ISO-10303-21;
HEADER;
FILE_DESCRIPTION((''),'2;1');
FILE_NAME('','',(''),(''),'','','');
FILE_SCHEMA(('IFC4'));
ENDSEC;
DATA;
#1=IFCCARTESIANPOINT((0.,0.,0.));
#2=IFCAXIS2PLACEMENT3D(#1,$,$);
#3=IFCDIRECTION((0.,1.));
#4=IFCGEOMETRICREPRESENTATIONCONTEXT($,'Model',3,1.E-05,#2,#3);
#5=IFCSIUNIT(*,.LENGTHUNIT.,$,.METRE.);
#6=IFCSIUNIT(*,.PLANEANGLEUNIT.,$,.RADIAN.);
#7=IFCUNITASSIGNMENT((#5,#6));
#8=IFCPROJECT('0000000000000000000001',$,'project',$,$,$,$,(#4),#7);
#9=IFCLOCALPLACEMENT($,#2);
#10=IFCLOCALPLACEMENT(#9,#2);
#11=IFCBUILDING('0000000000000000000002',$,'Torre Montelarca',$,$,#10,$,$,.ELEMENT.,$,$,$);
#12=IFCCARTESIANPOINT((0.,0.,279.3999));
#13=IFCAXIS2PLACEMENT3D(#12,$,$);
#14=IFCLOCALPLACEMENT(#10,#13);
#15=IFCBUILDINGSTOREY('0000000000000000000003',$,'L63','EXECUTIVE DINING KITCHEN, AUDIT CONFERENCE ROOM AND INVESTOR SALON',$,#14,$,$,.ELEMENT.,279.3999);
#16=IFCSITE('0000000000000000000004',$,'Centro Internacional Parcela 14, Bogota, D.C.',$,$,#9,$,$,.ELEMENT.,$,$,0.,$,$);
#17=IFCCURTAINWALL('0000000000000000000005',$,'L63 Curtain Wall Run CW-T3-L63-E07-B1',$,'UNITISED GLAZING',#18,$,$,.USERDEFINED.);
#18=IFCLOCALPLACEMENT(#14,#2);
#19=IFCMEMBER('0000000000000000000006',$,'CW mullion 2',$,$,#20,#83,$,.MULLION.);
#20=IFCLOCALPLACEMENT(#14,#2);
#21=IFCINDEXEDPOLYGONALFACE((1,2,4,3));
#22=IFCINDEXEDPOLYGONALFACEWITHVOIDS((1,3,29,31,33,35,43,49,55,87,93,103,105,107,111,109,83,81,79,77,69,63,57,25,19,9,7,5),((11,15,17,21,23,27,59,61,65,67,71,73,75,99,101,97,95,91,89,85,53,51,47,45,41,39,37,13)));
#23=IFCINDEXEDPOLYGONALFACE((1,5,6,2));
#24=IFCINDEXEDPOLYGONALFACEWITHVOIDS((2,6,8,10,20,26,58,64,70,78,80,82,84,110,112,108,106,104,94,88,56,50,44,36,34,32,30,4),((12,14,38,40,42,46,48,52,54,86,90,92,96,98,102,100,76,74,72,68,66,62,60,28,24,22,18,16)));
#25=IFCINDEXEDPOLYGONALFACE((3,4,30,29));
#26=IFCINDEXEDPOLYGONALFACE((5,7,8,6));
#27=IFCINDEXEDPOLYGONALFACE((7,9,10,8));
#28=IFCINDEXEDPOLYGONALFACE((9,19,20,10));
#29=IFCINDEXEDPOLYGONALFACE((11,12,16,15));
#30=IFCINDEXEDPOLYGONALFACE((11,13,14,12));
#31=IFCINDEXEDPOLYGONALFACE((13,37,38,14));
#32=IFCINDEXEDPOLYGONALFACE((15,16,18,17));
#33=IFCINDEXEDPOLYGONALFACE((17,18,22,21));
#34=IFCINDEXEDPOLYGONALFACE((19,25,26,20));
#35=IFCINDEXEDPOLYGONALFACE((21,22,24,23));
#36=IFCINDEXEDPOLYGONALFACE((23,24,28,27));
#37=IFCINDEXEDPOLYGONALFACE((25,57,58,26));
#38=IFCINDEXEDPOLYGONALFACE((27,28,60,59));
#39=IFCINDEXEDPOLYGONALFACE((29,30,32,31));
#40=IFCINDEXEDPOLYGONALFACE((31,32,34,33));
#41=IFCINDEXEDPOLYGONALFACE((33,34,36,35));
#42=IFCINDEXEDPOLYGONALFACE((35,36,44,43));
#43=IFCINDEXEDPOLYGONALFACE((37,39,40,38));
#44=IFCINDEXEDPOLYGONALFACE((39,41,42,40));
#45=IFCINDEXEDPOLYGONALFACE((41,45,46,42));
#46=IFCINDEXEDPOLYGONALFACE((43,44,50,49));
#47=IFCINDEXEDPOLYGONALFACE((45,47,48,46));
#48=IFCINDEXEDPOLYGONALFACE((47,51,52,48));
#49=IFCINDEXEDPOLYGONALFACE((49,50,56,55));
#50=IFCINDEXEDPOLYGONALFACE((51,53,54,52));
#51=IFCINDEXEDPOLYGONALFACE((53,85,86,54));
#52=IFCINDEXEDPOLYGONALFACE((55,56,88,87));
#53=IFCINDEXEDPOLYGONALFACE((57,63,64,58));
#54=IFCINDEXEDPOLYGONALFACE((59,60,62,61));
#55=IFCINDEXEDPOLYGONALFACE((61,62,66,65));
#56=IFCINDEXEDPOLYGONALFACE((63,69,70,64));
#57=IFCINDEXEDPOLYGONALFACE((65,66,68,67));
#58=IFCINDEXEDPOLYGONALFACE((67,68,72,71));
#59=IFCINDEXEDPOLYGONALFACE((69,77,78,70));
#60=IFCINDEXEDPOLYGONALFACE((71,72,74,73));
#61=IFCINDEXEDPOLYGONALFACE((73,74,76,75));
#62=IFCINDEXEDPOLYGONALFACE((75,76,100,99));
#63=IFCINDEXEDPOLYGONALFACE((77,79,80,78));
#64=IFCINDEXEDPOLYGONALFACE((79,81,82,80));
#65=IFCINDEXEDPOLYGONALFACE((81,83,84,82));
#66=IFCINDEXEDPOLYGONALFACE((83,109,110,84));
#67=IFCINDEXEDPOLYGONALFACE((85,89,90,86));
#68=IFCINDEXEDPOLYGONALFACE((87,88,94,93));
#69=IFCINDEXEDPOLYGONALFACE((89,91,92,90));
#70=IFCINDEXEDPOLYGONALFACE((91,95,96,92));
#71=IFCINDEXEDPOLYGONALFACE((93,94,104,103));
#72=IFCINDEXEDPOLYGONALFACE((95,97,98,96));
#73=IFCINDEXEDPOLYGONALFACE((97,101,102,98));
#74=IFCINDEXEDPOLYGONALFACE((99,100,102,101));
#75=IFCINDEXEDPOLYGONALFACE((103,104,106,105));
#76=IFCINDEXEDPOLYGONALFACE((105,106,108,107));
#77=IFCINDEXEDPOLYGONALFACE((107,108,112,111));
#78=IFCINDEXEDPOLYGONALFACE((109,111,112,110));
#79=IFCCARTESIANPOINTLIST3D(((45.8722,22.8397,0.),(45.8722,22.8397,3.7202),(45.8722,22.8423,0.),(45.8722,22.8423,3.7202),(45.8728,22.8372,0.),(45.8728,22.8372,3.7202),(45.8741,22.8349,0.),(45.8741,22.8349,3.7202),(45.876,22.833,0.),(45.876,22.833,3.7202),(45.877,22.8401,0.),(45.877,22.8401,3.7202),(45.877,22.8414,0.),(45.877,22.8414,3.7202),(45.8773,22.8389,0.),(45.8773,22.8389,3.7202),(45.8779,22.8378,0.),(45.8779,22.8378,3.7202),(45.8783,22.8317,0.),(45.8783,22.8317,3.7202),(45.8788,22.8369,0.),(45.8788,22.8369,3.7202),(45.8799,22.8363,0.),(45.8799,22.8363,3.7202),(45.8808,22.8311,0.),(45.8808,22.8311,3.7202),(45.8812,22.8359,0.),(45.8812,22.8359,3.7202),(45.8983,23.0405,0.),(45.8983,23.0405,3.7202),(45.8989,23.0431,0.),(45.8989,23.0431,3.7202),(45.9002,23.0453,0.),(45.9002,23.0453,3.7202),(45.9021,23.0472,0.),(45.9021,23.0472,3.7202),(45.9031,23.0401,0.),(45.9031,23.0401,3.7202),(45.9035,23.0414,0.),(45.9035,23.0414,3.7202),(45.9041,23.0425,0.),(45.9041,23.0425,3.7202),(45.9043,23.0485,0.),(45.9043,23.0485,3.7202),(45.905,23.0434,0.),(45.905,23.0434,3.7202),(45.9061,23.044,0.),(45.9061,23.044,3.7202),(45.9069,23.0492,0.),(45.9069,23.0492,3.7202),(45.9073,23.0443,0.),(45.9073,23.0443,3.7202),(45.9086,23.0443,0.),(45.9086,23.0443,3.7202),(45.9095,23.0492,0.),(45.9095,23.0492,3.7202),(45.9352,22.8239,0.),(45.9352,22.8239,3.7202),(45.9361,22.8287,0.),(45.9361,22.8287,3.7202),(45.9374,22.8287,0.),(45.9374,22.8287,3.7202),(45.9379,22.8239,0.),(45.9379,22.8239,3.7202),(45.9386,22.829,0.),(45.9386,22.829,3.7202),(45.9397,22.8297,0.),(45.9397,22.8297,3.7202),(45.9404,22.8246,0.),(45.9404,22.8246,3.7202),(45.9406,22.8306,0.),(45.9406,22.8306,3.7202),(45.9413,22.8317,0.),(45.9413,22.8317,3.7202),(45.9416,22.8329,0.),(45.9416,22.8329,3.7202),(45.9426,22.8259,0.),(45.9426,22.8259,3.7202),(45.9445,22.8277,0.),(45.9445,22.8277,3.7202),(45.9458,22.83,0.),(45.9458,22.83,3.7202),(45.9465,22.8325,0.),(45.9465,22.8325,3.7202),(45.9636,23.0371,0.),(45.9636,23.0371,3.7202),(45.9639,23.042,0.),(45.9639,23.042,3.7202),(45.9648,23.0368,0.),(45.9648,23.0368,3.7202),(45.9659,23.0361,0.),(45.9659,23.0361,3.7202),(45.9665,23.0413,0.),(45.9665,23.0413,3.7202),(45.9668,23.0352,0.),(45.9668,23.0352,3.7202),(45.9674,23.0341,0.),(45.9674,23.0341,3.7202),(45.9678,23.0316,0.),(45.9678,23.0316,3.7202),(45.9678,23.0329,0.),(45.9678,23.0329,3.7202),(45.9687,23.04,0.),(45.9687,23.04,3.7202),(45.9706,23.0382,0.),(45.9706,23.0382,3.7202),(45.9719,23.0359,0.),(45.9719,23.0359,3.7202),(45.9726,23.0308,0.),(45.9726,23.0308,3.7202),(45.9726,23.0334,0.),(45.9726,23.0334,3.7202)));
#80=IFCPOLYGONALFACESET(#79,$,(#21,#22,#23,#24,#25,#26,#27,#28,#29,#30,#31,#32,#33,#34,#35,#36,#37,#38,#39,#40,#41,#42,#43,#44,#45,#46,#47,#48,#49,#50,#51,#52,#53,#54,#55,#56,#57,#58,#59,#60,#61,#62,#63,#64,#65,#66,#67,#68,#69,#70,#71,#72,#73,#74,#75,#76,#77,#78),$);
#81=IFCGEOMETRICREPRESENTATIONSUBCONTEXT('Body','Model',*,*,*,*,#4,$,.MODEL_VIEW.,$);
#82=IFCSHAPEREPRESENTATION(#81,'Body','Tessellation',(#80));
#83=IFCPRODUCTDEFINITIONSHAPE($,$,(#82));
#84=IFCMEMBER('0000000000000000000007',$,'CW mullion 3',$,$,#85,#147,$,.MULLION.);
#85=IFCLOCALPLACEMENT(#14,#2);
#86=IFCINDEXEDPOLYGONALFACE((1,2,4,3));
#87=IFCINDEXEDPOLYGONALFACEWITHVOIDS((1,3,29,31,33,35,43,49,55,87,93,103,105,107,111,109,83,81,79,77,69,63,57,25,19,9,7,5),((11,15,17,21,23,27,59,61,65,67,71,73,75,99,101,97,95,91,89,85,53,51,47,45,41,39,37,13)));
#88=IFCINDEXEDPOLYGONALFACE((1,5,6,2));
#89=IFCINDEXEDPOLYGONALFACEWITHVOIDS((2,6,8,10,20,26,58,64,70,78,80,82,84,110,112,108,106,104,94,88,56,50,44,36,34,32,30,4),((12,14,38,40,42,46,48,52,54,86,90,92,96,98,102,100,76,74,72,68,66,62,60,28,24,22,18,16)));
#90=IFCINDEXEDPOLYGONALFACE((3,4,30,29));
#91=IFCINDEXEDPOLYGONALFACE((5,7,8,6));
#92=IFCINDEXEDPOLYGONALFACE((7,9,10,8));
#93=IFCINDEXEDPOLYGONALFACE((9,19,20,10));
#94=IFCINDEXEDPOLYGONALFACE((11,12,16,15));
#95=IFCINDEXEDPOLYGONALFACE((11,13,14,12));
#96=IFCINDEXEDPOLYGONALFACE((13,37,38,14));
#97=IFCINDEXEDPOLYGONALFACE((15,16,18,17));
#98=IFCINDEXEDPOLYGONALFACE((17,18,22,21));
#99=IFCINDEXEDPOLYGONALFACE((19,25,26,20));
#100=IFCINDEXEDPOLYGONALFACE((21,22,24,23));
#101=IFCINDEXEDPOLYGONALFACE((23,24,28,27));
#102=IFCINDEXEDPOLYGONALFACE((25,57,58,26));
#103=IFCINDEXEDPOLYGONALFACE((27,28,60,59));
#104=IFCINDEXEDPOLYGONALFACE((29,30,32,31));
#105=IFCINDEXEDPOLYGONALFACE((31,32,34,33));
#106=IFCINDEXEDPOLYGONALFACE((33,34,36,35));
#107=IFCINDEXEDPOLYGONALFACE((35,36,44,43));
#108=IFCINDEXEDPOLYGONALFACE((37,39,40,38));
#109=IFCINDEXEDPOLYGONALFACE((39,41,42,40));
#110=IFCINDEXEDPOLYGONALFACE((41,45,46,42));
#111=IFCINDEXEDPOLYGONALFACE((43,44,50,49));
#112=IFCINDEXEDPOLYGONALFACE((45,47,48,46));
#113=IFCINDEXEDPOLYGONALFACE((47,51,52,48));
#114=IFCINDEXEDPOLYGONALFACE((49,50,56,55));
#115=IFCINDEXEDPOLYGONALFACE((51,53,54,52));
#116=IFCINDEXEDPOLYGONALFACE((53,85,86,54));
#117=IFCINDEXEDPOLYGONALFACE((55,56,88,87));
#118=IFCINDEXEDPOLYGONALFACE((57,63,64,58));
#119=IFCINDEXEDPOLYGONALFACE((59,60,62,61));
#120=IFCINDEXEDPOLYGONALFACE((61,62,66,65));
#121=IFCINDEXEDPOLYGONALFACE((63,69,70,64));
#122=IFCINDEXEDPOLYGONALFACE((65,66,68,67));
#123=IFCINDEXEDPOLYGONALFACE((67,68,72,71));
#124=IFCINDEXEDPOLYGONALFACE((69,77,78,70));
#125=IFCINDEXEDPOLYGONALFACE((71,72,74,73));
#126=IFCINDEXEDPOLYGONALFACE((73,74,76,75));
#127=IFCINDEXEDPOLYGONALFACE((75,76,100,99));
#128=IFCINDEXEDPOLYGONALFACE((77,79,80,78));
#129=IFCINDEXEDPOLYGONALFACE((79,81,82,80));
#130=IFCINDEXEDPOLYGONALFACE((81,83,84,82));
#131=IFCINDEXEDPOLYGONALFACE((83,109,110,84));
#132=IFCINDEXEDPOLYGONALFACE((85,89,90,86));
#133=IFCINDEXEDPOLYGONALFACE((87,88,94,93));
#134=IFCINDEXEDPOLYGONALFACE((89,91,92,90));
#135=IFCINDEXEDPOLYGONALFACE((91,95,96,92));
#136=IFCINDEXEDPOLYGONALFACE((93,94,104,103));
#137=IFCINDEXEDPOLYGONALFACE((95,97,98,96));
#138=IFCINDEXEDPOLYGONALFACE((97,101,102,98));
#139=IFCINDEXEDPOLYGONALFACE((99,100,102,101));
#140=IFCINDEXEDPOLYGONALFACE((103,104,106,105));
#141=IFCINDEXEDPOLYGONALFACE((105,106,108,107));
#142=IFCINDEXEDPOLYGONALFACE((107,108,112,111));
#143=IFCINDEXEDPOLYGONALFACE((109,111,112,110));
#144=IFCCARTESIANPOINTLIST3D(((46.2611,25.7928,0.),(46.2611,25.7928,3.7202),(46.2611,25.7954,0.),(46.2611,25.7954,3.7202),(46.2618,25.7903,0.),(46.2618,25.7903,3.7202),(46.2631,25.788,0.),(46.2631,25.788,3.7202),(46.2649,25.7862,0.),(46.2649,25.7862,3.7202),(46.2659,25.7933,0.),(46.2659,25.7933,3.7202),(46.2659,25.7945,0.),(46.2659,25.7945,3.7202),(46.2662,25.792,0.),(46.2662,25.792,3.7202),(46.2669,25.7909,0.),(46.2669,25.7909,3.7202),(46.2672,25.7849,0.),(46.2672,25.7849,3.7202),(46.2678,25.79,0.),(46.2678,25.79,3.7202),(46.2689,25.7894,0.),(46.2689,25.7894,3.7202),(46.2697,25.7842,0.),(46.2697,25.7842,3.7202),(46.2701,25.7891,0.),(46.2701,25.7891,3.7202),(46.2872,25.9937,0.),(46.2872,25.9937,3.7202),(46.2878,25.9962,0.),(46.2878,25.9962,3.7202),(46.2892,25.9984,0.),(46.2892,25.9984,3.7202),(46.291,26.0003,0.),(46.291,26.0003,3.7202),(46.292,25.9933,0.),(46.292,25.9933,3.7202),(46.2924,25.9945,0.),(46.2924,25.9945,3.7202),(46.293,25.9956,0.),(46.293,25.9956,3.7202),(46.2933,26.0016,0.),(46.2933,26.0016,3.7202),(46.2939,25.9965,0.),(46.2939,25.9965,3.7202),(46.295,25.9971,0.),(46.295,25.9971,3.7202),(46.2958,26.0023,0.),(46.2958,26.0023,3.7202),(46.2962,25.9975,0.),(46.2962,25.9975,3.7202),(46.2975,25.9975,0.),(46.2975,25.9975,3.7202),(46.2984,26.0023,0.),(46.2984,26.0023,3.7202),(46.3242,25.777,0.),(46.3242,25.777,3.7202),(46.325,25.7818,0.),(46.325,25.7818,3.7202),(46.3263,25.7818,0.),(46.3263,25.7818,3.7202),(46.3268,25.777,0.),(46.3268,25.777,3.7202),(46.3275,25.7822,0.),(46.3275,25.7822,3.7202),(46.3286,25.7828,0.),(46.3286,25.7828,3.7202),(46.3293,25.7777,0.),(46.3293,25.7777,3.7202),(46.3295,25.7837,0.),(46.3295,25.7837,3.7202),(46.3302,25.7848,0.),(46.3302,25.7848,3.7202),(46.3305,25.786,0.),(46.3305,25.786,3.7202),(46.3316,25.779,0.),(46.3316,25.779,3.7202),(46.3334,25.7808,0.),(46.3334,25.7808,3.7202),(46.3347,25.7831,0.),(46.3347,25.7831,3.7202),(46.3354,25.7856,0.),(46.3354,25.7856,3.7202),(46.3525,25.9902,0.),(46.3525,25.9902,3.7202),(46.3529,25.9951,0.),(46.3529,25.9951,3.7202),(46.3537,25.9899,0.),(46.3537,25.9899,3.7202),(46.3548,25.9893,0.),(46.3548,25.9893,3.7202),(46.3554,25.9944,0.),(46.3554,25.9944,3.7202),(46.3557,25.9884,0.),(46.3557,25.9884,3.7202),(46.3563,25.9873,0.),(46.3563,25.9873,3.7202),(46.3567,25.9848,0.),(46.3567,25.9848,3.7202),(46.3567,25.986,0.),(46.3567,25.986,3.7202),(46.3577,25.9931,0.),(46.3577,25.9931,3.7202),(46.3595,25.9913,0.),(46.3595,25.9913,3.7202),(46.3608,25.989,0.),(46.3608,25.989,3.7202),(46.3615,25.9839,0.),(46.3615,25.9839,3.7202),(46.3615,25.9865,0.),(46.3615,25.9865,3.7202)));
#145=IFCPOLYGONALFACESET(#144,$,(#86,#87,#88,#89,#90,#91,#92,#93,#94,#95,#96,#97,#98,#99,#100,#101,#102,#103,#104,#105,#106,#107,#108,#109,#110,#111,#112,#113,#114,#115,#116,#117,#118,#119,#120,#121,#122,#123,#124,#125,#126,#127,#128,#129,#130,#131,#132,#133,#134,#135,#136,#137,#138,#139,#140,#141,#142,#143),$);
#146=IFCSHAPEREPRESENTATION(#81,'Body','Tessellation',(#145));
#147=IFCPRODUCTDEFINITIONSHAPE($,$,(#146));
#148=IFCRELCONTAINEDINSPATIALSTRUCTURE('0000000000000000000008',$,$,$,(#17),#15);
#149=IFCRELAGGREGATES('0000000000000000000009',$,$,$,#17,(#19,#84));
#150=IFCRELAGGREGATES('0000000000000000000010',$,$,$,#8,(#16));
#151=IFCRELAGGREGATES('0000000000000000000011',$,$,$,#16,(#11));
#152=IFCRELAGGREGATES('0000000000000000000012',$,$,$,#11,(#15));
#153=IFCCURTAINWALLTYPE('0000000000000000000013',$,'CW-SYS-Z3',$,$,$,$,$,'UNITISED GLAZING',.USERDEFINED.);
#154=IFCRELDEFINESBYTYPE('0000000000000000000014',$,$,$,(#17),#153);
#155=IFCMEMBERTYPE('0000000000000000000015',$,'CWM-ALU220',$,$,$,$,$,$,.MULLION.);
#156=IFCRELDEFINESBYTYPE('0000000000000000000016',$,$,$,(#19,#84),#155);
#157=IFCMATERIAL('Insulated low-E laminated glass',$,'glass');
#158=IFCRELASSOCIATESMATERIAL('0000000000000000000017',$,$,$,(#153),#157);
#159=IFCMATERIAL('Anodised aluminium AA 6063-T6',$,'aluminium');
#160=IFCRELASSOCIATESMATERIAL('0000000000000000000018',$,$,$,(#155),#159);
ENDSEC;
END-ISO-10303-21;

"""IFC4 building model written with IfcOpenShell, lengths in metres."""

from ifc_helpers import new_model, si_unit, direction, frame, origin, origin_2d, place, context, subcontext, project, spatial, hollow_rectangle, extrude, source, transform, mapped, material, material_profile, profile_set, type_object, element, aggregate, save


model = new_model("IFC4")

# Units and contexts
model_context = context("Model", 3, precision=1e-05, world=origin(), true_north=direction((0.0, 1.0)))
body_context = subcontext(model_context, "Body", "Model", "MODEL_VIEW")
ifc_project = project(units=[si_unit("LENGTHUNIT", "METRE"), si_unit("PLANEANGLEUNIT", "RADIAN")], contexts=[model_context])

# Site, building, storey
site_placement = place(None, origin())
site = spatial("IfcSite", under=ifc_project, at=site_placement, Name="Centro Internacional Parcela 14, Bogota, D.C.", CompositionType="ELEMENT", RefElevation=0.0)
building_placement = place(site_placement, origin())
building = spatial("IfcBuilding", under=site, at=building_placement, Name="Torre Montelarca", CompositionType="ELEMENT")
storey_placement = place(building_placement, frame((0.0, 0.0, 279.3999)))
storey = spatial("IfcBuildingStorey", under=building, at=storey_placement, Name="L63", Description="EXECUTIVE DINING KITCHEN, AUDIT CONFERENCE ROOM AND INVESTOR SALON", CompositionType="ELEMENT", Elevation=279.3999)

# Curtain wall
ifc_material_1 = material(Name="Insulated low-E laminated glass", Category="glass")
curtain_wall_type = type_object("IfcCurtainWallType", Name="CW-SYS-Z3", ElementType="UNITISED GLAZING", PredefinedType="USERDEFINED", material=ifc_material_1)
curtain_wall_1_placement = place(storey_placement, origin())
curtain_wall_1 = element("IfcCurtainWall", 1, at=curtain_wall_1_placement, inside=storey, type_object=curtain_wall_type, Name="L63 Curtain Wall Run CW-T3-L63-E07-B1", ObjectType="UNITISED GLAZING", PredefinedType="USERDEFINED")
ifc_material_2 = material(Name="Anodised aluminium AA 6063-T6", Category="aluminium")
ifc_material_profile_1 = material_profile(ifc_material_2, hollow_rectangle(XDim=0.075, YDim=0.22, WallThickness=0.0049, InnerFilletRadius=0.0049, OuterFilletRadius=0.01, at=origin_2d()), Name="ALU75X220X5", Category="aluminium")
ifc_profile_set_1 = profile_set([ifc_material_profile_1], Name="Anodised aluminium AA 6063-T6")
member_type_1 = type_object("IfcMemberType", Name="CWM-ALU220", PredefinedType="MULLION", material=ifc_profile_set_1)
shared_shape_1 = source(origin(), body_context, "Body", "SweptSolid", [
    extrude(hollow_rectangle(XDim=0.075, YDim=0.22, WallThickness=0.0049, InnerFilletRadius=0.0049, OuterFilletRadius=0.01, at=origin_2d()), origin(), (0.0, 0.0, 1.0), 3.7202),
])

# Members
member_1_placement = place(storey_placement, frame((45.9224, 22.9365, 0.0), z_axis=(0.0, 0.0, 1.0), x_axis=(-0.991446, 0.130514, 0.0)))
member_1 = element("IfcMember", 2, at=member_1_placement, type_object=member_type_1, Name="CW mullion 2", PredefinedType="MULLION", context=body_context, shape_type="MappedRepresentation", body=[
    mapped(shared_shape_1, transform((0.0, 0.0, 0.0), scale=1.0)),
])
member_2_placement = place(storey_placement, frame((46.3113, 25.8896, 0.0), z_axis=(0.0, 0.0, 1.0), x_axis=(-0.991446, 0.130514, 0.0)))
member_2 = element("IfcMember", 3, at=member_2_placement, type_object=member_type_1, Name="CW mullion 3", PredefinedType="MULLION", context=body_context, shape_type="MappedRepresentation", body=[
    mapped(shared_shape_1, transform((0.0, 0.0, 0.0), scale=1.0)),
])

aggregate(curtain_wall_1, [member_1, member_2])

save(model, "model.ifc")
